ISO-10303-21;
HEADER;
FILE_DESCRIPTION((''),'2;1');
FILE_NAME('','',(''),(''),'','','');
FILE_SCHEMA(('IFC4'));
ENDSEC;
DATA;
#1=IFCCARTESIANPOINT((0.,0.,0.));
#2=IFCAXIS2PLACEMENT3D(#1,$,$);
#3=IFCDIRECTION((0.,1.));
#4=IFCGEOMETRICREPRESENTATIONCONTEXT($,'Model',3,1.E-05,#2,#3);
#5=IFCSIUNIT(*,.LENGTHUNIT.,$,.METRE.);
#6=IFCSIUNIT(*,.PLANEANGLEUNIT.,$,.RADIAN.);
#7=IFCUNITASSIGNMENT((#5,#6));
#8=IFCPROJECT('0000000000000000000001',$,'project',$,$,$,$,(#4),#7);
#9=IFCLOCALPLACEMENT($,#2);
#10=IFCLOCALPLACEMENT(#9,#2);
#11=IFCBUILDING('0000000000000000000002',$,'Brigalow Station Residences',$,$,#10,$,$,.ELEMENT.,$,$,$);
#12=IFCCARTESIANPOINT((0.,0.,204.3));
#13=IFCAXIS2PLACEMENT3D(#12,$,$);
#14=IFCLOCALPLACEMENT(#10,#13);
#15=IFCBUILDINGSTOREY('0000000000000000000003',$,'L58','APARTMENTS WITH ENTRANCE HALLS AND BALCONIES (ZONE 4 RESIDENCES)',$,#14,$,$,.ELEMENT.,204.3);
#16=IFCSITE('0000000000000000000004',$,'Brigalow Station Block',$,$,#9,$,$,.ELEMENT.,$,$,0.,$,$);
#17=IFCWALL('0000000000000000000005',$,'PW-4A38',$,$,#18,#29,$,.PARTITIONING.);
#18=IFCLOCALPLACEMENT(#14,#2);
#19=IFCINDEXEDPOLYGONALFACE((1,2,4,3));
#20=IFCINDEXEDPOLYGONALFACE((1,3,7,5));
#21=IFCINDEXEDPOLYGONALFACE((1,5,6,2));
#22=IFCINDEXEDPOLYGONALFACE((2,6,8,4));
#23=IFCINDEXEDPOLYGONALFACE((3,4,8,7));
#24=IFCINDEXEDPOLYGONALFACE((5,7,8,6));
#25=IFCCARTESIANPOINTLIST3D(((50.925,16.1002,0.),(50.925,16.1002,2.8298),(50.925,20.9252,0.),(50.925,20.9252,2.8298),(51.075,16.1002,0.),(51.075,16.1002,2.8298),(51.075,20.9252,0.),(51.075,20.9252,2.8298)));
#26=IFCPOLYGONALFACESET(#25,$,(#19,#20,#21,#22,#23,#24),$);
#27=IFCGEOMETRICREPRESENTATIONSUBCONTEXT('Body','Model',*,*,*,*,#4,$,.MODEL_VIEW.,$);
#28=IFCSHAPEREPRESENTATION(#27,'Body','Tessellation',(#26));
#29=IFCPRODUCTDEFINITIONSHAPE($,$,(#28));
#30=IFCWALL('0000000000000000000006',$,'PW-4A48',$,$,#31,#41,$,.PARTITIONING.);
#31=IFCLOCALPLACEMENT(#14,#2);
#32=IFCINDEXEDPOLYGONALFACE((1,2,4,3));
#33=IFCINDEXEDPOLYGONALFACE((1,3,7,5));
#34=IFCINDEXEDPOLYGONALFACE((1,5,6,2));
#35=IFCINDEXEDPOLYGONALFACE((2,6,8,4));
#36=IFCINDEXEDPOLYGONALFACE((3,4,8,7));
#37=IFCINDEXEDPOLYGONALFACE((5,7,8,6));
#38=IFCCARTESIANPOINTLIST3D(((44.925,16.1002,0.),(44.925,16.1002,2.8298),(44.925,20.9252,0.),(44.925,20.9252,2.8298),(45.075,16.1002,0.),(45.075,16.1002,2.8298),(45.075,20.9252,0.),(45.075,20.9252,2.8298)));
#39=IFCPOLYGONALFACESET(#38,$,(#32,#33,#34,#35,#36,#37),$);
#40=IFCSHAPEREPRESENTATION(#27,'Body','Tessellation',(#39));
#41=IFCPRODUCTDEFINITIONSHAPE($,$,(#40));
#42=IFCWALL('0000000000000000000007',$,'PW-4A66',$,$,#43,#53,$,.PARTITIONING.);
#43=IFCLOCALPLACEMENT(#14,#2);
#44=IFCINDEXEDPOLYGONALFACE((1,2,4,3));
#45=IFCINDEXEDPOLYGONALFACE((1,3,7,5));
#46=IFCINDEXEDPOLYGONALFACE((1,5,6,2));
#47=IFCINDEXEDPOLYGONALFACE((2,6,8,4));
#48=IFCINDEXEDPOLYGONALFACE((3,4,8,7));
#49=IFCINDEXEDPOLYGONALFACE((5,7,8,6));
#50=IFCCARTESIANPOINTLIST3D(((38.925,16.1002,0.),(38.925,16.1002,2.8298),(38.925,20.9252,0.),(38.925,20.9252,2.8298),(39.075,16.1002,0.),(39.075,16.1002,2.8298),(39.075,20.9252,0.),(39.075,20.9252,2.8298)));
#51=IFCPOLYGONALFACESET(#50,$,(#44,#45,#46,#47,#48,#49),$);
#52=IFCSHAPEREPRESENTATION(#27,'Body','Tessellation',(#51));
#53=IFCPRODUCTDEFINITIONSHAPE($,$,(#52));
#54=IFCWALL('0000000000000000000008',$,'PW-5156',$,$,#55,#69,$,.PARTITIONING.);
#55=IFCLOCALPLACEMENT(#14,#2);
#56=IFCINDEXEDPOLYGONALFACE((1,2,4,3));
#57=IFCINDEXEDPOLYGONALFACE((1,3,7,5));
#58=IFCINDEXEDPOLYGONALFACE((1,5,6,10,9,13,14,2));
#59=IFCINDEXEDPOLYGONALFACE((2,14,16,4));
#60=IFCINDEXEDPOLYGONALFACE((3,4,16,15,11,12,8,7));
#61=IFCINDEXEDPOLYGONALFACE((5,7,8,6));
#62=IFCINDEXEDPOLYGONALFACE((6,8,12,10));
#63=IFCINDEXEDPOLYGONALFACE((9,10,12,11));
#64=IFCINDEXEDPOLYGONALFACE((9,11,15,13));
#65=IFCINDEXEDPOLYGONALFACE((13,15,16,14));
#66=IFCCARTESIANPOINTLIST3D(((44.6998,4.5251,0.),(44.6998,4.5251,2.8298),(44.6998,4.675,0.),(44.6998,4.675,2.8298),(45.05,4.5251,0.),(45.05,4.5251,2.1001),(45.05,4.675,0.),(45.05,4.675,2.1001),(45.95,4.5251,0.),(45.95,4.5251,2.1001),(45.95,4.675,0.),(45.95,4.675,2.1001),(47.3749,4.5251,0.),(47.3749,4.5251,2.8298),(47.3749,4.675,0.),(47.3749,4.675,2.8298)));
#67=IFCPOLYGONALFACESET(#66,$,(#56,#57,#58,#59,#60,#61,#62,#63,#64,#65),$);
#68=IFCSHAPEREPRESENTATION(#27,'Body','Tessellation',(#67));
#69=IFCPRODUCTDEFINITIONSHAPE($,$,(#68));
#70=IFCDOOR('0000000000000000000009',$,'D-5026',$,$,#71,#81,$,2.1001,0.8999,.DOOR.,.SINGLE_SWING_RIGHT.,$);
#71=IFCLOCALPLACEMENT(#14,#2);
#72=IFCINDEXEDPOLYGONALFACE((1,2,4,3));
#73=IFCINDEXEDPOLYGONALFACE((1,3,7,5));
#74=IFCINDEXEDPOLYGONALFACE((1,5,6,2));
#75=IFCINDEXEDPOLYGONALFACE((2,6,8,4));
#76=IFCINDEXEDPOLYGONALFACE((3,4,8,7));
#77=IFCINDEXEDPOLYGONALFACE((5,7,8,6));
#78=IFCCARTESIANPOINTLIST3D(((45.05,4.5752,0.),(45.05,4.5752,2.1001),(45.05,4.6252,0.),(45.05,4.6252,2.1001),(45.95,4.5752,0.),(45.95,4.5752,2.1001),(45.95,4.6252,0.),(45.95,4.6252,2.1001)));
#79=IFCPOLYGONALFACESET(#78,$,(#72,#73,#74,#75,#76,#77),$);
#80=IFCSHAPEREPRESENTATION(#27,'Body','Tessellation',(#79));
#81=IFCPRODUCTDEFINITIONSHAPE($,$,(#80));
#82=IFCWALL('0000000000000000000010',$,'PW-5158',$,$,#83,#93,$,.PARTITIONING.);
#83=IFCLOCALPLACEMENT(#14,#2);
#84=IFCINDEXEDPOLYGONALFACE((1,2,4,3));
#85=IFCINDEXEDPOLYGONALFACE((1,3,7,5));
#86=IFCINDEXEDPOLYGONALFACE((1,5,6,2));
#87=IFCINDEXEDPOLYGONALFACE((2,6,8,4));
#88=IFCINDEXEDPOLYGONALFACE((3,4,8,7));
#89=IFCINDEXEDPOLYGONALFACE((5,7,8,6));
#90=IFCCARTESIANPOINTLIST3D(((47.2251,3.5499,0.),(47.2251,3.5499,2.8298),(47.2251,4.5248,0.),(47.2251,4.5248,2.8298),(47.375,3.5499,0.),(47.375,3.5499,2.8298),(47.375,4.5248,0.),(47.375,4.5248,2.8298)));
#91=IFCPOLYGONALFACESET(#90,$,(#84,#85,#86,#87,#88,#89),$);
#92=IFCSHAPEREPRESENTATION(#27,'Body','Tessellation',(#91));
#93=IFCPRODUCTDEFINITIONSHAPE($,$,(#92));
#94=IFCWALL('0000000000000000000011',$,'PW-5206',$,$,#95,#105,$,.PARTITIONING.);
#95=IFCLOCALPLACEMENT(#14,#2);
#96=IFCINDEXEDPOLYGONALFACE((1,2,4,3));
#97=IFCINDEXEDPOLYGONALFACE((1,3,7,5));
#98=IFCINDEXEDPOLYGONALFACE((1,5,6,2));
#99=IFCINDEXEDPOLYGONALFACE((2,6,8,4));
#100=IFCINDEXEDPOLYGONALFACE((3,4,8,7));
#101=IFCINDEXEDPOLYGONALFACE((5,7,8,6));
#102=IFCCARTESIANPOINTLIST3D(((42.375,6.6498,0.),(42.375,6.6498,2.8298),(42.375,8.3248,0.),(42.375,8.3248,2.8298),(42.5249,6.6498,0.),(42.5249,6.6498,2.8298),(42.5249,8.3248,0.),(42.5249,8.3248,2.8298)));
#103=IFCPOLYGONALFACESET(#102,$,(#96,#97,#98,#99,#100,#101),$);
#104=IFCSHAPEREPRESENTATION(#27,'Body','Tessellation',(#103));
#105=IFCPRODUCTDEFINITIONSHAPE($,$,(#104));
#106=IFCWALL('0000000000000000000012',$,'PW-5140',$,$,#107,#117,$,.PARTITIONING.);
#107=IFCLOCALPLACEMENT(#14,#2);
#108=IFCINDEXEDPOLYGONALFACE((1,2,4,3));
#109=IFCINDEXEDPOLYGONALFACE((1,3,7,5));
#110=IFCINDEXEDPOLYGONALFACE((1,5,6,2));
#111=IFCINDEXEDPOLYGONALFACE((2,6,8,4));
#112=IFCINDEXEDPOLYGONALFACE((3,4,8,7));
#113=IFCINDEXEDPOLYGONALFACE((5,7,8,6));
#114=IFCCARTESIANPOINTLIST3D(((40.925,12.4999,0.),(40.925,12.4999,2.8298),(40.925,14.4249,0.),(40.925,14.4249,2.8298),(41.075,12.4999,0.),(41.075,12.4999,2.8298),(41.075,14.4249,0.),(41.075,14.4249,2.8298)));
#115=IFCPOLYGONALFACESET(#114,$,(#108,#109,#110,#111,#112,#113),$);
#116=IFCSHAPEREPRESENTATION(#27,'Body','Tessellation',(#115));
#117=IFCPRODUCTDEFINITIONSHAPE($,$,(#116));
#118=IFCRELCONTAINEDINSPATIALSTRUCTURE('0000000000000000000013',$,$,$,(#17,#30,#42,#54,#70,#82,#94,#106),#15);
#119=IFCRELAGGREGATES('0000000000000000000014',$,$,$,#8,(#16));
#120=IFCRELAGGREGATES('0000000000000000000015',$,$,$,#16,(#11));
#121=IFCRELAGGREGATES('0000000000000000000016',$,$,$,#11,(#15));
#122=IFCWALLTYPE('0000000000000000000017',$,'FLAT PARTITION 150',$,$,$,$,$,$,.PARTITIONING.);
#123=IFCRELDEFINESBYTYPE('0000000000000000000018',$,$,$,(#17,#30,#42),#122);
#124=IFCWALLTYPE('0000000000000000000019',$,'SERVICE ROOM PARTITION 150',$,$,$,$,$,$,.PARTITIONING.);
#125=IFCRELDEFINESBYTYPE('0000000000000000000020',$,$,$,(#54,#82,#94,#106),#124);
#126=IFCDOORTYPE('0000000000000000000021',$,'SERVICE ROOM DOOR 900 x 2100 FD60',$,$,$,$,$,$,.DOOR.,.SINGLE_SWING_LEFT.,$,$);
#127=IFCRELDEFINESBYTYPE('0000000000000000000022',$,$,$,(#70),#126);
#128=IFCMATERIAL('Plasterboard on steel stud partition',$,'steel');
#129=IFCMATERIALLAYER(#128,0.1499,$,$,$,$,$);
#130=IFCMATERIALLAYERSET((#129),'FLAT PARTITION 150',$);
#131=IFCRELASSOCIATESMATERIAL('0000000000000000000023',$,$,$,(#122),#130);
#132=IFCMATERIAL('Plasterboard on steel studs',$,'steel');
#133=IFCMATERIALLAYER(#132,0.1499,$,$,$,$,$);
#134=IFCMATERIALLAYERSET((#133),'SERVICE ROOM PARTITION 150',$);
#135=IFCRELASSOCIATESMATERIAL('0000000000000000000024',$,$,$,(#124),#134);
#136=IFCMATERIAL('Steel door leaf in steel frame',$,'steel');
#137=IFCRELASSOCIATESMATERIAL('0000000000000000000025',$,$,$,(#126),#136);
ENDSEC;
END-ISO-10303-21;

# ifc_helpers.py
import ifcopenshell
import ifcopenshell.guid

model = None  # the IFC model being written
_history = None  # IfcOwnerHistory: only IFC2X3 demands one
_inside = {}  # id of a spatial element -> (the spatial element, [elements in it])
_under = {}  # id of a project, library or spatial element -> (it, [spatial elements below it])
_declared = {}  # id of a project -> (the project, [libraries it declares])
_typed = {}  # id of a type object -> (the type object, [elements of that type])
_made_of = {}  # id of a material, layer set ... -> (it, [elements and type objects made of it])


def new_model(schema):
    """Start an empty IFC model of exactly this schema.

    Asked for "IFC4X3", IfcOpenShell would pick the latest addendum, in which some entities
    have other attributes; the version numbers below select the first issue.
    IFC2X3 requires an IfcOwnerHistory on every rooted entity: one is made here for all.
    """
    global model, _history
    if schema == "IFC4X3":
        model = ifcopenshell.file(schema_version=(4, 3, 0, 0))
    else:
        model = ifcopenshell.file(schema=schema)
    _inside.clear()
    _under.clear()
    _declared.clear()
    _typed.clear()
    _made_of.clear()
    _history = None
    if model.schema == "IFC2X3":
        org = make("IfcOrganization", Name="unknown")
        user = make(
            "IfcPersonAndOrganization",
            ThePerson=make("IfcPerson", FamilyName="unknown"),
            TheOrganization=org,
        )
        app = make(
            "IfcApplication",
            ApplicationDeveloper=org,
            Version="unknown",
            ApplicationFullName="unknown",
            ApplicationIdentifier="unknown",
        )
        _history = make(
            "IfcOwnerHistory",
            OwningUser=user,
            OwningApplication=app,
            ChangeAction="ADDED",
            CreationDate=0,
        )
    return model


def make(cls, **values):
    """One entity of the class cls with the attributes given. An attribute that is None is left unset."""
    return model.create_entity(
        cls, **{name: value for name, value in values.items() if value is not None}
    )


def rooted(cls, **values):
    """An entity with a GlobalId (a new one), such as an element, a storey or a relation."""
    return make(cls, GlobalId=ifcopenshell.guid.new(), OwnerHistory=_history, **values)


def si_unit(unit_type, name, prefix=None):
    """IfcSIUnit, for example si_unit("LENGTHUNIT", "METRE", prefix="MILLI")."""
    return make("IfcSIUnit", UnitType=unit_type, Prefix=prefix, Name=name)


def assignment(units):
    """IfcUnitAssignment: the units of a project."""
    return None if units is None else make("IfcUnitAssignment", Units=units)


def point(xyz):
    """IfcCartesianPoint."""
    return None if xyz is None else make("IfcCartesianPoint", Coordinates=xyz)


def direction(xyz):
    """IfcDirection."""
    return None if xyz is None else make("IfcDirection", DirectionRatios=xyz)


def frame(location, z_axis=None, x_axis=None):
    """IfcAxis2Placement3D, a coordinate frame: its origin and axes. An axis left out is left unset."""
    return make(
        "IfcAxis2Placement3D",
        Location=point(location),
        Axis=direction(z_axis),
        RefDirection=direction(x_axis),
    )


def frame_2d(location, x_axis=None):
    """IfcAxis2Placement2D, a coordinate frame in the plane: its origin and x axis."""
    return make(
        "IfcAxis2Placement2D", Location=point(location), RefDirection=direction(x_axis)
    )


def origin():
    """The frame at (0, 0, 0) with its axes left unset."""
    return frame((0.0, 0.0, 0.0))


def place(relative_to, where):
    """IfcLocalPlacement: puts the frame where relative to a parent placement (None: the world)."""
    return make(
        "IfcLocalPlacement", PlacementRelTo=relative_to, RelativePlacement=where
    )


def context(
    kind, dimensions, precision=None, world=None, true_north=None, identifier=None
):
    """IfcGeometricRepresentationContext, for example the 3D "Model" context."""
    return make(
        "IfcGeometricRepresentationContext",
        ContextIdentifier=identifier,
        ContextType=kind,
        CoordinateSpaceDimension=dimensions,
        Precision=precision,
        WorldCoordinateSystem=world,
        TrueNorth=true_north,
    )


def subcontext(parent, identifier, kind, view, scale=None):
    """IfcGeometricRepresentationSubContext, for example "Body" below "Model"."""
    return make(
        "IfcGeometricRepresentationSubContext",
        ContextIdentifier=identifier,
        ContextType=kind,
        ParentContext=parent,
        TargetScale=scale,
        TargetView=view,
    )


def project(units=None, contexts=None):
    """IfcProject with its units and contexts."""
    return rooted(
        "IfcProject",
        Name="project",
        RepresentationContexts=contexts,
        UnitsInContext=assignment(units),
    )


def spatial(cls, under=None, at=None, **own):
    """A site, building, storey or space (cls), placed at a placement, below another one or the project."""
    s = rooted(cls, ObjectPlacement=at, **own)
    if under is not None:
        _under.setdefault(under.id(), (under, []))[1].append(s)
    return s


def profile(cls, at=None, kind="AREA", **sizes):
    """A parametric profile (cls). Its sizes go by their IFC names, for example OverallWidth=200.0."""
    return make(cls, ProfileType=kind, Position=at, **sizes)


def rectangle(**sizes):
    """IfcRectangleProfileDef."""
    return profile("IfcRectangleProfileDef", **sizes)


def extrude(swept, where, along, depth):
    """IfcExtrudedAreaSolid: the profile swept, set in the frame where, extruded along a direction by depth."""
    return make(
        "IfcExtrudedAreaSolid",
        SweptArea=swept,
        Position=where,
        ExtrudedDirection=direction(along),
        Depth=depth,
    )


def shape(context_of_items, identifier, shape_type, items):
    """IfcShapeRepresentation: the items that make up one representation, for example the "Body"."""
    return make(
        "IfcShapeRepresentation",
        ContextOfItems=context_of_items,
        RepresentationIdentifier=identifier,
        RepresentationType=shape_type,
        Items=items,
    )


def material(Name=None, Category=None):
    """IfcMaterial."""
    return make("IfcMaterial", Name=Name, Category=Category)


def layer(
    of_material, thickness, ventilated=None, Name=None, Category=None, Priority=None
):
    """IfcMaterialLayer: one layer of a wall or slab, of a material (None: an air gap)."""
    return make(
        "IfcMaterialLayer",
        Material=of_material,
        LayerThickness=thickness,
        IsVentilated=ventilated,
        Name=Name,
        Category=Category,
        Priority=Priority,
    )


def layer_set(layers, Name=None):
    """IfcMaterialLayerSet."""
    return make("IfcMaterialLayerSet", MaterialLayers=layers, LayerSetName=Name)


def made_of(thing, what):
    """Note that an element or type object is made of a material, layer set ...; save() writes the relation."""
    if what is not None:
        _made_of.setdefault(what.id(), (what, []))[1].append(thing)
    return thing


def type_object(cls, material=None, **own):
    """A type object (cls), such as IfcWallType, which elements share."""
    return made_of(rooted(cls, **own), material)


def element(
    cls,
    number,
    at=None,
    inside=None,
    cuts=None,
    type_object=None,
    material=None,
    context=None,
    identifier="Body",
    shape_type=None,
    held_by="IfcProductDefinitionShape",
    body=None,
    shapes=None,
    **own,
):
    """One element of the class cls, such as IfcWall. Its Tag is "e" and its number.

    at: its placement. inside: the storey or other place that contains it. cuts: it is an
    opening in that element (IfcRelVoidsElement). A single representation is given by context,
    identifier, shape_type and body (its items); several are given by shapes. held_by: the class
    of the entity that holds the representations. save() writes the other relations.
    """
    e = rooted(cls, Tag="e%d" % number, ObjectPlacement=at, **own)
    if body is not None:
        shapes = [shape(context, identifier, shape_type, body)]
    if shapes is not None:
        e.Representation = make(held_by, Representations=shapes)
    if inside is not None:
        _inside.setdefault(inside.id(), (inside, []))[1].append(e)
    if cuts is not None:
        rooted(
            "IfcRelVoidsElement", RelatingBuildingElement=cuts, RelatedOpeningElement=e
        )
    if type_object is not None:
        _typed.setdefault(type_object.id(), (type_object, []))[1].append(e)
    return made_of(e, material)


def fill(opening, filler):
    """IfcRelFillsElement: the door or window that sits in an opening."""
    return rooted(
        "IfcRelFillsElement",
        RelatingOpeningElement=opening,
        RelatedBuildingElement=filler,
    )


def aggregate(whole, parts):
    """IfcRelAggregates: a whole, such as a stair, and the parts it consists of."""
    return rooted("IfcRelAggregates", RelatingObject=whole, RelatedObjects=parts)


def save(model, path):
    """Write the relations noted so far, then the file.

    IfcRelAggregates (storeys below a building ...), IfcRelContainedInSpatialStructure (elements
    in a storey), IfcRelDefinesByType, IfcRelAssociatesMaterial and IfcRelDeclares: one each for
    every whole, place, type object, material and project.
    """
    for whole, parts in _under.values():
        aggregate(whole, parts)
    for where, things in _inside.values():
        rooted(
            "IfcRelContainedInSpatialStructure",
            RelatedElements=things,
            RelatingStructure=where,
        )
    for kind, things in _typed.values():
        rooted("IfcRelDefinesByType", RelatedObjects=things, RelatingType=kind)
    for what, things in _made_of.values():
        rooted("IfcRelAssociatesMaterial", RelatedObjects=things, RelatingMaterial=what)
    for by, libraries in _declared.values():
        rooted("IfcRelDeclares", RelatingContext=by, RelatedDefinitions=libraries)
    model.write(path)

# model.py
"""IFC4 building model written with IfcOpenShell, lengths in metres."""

from ifc_helpers import new_model, si_unit, direction, frame, frame_2d, origin, place, context, subcontext, project, spatial, rectangle, extrude, material, layer, layer_set, type_object, element, fill, save


model = new_model("IFC4")

# Units and contexts
model_context = context("Model", 3, precision=1e-05, world=origin(), true_north=direction((0.0, 1.0)))
body_context = subcontext(model_context, "Body", "Model", "MODEL_VIEW")
ifc_project = project(units=[si_unit("LENGTHUNIT", "METRE"), si_unit("PLANEANGLEUNIT", "RADIAN")], contexts=[model_context])

# Site, building, storey
site_placement = place(None, origin())
site = spatial("IfcSite", under=ifc_project, at=site_placement, Name="Brigalow Station Block", CompositionType="ELEMENT", RefElevation=0.0)
building_placement = place(site_placement, origin())
building = spatial("IfcBuilding", under=site, at=building_placement, Name="Brigalow Station Residences", CompositionType="ELEMENT")
storey_placement = place(building_placement, frame((0.0, 0.0, 204.3)))
storey = spatial("IfcBuildingStorey", under=building, at=storey_placement, Name="L58", Description="APARTMENTS WITH ENTRANCE HALLS AND BALCONIES (ZONE 4 RESIDENCES)", CompositionType="ELEMENT", Elevation=204.3)

# Shared definitions
ifc_material_1 = material(Name="Plasterboard on steel stud partition", Category="steel")
ifc_layer_1 = layer(ifc_material_1, 0.1499)
ifc_layer_set_1 = layer_set([ifc_layer_1], Name="FLAT PARTITION 150")
wall_type_1 = type_object("IfcWallType", Name="FLAT PARTITION 150", PredefinedType="PARTITIONING", material=ifc_layer_set_1)

# Walls
for number, where, z_axis, x_axis, name in (
    (1, (51.0, 16.1001, 0.0), (0.0, 0.0, 1.0), (0.0, 1.0, 0.0), "PW-4A38"),
    (2, (45.0, 16.1001, 0.0), (0.0, 0.0, 1.0), (0.0, 1.0, 0.0), "PW-4A48"),
    (3, (39.0, 16.1001, 0.0), (0.0, 0.0, 1.0), (0.0, 1.0, 0.0), "PW-4A66"),
):
    element("IfcWall", number, at=place(storey_placement, frame(where, z_axis=z_axis, x_axis=x_axis)), inside=storey, type_object=wall_type_1, Name=name, PredefinedType="PARTITIONING", context=body_context, shape_type="SweptSolid", body=[
        extrude(rectangle(XDim=4.825, YDim=0.1499, at=frame_2d((2.4126, 0.0))), origin(), (0.0, 0.0, 1.0), 2.8298),
    ])

# Wall, opening, door
ifc_material_2 = material(Name="Plasterboard on steel studs", Category="steel")
ifc_layer_2 = layer(ifc_material_2, 0.1499)
ifc_layer_set_2 = layer_set([ifc_layer_2], Name="SERVICE ROOM PARTITION 150")
wall_type_2 = type_object("IfcWallType", Name="SERVICE ROOM PARTITION 150", PredefinedType="PARTITIONING", material=ifc_layer_set_2)
wall_1_placement = place(storey_placement, frame((44.7, 4.6001, 0.0), z_axis=(0.0, 0.0, 1.0), x_axis=(1.0, 0.0, 0.0)))
wall_1 = element("IfcWall", 4, at=wall_1_placement, inside=storey, type_object=wall_type_2, Name="PW-5156", PredefinedType="PARTITIONING", context=body_context, shape_type="SweptSolid", body=[
    extrude(rectangle(XDim=2.675, YDim=0.1499, at=frame_2d((1.3374, 0.0))), origin(), (0.0, 0.0, 1.0), 2.8298),
])
opening_1_placement = place(wall_1_placement, frame((0.3501, 0.0, 0.0)))
opening_1 = element("IfcOpeningElement", 5, at=opening_1_placement, cuts=wall_1, PredefinedType="OPENING", context=body_context, shape_type="SweptSolid", body=[
    extrude(rectangle(XDim=0.8999, YDim=2.1001, at=frame_2d((0.45, 1.05))), frame((0.0, 0.085, 0.0), z_axis=(0.0, -1.0, 0.0), x_axis=(1.0, 0.0, 0.0)), (0.0, 0.0, 1.0), 0.1699),
])
ifc_material_3 = material(Name="Steel door leaf in steel frame", Category="steel")
door_type_1 = type_object("IfcDoorType", Name="SERVICE ROOM DOOR 900 x 2100 FD60", OperationType="SINGLE_SWING_LEFT", PredefinedType="DOOR", material=ifc_material_3)
door_1_placement = place(opening_1_placement, frame((0.8999, 0.0, 0.0), z_axis=(0.0, 0.0, 1.0), x_axis=(-1.0, 0.0, 0.0)))
door_1 = element("IfcDoor", 6, at=door_1_placement, inside=storey, type_object=door_type_1, Name="D-5026", OperationType="SINGLE_SWING_RIGHT", OverallHeight=2.1001, OverallWidth=0.8999, PredefinedType="DOOR", context=body_context, shape_type="SweptSolid", body=[
    extrude(rectangle(XDim=0.8999, YDim=2.1001, at=frame_2d((0.45, 1.05))), frame((0.0, 0.0249, 0.0), z_axis=(0.0, -1.0, 0.0), x_axis=(1.0, 0.0, 0.0)), (0.0, 0.0, 1.0), 0.05),
])
fill(opening_1, door_1)

# Walls
wall_2_placement = place(storey_placement, frame((47.3, 3.55, 0.0), z_axis=(0.0, 0.0, 1.0), x_axis=(0.0, 1.0, 0.0)))
element("IfcWall", 7, at=wall_2_placement, inside=storey, type_object=wall_type_2, Name="PW-5158", PredefinedType="PARTITIONING", context=body_context, shape_type="SweptSolid", body=[
    extrude(rectangle(XDim=0.9749, YDim=0.1499, at=frame_2d((0.4873, 0.0))), origin(), (0.0, 0.0, 1.0), 2.8298),
])
wall_3_placement = place(storey_placement, frame((42.45, 6.6499, 0.0), z_axis=(0.0, 0.0, 1.0), x_axis=(0.0, 1.0, 0.0)))
element("IfcWall", 8, at=wall_3_placement, inside=storey, type_object=wall_type_2, Name="PW-5206", PredefinedType="PARTITIONING", context=body_context, shape_type="SweptSolid", body=[
    extrude(rectangle(XDim=1.675, YDim=0.1499, at=frame_2d((0.8374, 0.0))), origin(), (0.0, 0.0, 1.0), 2.8298),
])
wall_4_placement = place(storey_placement, frame((41.0, 12.5, 0.0), z_axis=(0.0, 0.0, 1.0), x_axis=(0.0, 1.0, 0.0)))
element("IfcWall", 9, at=wall_4_placement, inside=storey, type_object=wall_type_2, Name="PW-5140", PredefinedType="PARTITIONING", context=body_context, shape_type="SweptSolid", body=[
    extrude(rectangle(XDim=1.925, YDim=0.1499, at=frame_2d((0.9624, 0.0))), origin(), (0.0, 0.0, 1.0), 2.8298),
])

save(model, "model.ifc")
